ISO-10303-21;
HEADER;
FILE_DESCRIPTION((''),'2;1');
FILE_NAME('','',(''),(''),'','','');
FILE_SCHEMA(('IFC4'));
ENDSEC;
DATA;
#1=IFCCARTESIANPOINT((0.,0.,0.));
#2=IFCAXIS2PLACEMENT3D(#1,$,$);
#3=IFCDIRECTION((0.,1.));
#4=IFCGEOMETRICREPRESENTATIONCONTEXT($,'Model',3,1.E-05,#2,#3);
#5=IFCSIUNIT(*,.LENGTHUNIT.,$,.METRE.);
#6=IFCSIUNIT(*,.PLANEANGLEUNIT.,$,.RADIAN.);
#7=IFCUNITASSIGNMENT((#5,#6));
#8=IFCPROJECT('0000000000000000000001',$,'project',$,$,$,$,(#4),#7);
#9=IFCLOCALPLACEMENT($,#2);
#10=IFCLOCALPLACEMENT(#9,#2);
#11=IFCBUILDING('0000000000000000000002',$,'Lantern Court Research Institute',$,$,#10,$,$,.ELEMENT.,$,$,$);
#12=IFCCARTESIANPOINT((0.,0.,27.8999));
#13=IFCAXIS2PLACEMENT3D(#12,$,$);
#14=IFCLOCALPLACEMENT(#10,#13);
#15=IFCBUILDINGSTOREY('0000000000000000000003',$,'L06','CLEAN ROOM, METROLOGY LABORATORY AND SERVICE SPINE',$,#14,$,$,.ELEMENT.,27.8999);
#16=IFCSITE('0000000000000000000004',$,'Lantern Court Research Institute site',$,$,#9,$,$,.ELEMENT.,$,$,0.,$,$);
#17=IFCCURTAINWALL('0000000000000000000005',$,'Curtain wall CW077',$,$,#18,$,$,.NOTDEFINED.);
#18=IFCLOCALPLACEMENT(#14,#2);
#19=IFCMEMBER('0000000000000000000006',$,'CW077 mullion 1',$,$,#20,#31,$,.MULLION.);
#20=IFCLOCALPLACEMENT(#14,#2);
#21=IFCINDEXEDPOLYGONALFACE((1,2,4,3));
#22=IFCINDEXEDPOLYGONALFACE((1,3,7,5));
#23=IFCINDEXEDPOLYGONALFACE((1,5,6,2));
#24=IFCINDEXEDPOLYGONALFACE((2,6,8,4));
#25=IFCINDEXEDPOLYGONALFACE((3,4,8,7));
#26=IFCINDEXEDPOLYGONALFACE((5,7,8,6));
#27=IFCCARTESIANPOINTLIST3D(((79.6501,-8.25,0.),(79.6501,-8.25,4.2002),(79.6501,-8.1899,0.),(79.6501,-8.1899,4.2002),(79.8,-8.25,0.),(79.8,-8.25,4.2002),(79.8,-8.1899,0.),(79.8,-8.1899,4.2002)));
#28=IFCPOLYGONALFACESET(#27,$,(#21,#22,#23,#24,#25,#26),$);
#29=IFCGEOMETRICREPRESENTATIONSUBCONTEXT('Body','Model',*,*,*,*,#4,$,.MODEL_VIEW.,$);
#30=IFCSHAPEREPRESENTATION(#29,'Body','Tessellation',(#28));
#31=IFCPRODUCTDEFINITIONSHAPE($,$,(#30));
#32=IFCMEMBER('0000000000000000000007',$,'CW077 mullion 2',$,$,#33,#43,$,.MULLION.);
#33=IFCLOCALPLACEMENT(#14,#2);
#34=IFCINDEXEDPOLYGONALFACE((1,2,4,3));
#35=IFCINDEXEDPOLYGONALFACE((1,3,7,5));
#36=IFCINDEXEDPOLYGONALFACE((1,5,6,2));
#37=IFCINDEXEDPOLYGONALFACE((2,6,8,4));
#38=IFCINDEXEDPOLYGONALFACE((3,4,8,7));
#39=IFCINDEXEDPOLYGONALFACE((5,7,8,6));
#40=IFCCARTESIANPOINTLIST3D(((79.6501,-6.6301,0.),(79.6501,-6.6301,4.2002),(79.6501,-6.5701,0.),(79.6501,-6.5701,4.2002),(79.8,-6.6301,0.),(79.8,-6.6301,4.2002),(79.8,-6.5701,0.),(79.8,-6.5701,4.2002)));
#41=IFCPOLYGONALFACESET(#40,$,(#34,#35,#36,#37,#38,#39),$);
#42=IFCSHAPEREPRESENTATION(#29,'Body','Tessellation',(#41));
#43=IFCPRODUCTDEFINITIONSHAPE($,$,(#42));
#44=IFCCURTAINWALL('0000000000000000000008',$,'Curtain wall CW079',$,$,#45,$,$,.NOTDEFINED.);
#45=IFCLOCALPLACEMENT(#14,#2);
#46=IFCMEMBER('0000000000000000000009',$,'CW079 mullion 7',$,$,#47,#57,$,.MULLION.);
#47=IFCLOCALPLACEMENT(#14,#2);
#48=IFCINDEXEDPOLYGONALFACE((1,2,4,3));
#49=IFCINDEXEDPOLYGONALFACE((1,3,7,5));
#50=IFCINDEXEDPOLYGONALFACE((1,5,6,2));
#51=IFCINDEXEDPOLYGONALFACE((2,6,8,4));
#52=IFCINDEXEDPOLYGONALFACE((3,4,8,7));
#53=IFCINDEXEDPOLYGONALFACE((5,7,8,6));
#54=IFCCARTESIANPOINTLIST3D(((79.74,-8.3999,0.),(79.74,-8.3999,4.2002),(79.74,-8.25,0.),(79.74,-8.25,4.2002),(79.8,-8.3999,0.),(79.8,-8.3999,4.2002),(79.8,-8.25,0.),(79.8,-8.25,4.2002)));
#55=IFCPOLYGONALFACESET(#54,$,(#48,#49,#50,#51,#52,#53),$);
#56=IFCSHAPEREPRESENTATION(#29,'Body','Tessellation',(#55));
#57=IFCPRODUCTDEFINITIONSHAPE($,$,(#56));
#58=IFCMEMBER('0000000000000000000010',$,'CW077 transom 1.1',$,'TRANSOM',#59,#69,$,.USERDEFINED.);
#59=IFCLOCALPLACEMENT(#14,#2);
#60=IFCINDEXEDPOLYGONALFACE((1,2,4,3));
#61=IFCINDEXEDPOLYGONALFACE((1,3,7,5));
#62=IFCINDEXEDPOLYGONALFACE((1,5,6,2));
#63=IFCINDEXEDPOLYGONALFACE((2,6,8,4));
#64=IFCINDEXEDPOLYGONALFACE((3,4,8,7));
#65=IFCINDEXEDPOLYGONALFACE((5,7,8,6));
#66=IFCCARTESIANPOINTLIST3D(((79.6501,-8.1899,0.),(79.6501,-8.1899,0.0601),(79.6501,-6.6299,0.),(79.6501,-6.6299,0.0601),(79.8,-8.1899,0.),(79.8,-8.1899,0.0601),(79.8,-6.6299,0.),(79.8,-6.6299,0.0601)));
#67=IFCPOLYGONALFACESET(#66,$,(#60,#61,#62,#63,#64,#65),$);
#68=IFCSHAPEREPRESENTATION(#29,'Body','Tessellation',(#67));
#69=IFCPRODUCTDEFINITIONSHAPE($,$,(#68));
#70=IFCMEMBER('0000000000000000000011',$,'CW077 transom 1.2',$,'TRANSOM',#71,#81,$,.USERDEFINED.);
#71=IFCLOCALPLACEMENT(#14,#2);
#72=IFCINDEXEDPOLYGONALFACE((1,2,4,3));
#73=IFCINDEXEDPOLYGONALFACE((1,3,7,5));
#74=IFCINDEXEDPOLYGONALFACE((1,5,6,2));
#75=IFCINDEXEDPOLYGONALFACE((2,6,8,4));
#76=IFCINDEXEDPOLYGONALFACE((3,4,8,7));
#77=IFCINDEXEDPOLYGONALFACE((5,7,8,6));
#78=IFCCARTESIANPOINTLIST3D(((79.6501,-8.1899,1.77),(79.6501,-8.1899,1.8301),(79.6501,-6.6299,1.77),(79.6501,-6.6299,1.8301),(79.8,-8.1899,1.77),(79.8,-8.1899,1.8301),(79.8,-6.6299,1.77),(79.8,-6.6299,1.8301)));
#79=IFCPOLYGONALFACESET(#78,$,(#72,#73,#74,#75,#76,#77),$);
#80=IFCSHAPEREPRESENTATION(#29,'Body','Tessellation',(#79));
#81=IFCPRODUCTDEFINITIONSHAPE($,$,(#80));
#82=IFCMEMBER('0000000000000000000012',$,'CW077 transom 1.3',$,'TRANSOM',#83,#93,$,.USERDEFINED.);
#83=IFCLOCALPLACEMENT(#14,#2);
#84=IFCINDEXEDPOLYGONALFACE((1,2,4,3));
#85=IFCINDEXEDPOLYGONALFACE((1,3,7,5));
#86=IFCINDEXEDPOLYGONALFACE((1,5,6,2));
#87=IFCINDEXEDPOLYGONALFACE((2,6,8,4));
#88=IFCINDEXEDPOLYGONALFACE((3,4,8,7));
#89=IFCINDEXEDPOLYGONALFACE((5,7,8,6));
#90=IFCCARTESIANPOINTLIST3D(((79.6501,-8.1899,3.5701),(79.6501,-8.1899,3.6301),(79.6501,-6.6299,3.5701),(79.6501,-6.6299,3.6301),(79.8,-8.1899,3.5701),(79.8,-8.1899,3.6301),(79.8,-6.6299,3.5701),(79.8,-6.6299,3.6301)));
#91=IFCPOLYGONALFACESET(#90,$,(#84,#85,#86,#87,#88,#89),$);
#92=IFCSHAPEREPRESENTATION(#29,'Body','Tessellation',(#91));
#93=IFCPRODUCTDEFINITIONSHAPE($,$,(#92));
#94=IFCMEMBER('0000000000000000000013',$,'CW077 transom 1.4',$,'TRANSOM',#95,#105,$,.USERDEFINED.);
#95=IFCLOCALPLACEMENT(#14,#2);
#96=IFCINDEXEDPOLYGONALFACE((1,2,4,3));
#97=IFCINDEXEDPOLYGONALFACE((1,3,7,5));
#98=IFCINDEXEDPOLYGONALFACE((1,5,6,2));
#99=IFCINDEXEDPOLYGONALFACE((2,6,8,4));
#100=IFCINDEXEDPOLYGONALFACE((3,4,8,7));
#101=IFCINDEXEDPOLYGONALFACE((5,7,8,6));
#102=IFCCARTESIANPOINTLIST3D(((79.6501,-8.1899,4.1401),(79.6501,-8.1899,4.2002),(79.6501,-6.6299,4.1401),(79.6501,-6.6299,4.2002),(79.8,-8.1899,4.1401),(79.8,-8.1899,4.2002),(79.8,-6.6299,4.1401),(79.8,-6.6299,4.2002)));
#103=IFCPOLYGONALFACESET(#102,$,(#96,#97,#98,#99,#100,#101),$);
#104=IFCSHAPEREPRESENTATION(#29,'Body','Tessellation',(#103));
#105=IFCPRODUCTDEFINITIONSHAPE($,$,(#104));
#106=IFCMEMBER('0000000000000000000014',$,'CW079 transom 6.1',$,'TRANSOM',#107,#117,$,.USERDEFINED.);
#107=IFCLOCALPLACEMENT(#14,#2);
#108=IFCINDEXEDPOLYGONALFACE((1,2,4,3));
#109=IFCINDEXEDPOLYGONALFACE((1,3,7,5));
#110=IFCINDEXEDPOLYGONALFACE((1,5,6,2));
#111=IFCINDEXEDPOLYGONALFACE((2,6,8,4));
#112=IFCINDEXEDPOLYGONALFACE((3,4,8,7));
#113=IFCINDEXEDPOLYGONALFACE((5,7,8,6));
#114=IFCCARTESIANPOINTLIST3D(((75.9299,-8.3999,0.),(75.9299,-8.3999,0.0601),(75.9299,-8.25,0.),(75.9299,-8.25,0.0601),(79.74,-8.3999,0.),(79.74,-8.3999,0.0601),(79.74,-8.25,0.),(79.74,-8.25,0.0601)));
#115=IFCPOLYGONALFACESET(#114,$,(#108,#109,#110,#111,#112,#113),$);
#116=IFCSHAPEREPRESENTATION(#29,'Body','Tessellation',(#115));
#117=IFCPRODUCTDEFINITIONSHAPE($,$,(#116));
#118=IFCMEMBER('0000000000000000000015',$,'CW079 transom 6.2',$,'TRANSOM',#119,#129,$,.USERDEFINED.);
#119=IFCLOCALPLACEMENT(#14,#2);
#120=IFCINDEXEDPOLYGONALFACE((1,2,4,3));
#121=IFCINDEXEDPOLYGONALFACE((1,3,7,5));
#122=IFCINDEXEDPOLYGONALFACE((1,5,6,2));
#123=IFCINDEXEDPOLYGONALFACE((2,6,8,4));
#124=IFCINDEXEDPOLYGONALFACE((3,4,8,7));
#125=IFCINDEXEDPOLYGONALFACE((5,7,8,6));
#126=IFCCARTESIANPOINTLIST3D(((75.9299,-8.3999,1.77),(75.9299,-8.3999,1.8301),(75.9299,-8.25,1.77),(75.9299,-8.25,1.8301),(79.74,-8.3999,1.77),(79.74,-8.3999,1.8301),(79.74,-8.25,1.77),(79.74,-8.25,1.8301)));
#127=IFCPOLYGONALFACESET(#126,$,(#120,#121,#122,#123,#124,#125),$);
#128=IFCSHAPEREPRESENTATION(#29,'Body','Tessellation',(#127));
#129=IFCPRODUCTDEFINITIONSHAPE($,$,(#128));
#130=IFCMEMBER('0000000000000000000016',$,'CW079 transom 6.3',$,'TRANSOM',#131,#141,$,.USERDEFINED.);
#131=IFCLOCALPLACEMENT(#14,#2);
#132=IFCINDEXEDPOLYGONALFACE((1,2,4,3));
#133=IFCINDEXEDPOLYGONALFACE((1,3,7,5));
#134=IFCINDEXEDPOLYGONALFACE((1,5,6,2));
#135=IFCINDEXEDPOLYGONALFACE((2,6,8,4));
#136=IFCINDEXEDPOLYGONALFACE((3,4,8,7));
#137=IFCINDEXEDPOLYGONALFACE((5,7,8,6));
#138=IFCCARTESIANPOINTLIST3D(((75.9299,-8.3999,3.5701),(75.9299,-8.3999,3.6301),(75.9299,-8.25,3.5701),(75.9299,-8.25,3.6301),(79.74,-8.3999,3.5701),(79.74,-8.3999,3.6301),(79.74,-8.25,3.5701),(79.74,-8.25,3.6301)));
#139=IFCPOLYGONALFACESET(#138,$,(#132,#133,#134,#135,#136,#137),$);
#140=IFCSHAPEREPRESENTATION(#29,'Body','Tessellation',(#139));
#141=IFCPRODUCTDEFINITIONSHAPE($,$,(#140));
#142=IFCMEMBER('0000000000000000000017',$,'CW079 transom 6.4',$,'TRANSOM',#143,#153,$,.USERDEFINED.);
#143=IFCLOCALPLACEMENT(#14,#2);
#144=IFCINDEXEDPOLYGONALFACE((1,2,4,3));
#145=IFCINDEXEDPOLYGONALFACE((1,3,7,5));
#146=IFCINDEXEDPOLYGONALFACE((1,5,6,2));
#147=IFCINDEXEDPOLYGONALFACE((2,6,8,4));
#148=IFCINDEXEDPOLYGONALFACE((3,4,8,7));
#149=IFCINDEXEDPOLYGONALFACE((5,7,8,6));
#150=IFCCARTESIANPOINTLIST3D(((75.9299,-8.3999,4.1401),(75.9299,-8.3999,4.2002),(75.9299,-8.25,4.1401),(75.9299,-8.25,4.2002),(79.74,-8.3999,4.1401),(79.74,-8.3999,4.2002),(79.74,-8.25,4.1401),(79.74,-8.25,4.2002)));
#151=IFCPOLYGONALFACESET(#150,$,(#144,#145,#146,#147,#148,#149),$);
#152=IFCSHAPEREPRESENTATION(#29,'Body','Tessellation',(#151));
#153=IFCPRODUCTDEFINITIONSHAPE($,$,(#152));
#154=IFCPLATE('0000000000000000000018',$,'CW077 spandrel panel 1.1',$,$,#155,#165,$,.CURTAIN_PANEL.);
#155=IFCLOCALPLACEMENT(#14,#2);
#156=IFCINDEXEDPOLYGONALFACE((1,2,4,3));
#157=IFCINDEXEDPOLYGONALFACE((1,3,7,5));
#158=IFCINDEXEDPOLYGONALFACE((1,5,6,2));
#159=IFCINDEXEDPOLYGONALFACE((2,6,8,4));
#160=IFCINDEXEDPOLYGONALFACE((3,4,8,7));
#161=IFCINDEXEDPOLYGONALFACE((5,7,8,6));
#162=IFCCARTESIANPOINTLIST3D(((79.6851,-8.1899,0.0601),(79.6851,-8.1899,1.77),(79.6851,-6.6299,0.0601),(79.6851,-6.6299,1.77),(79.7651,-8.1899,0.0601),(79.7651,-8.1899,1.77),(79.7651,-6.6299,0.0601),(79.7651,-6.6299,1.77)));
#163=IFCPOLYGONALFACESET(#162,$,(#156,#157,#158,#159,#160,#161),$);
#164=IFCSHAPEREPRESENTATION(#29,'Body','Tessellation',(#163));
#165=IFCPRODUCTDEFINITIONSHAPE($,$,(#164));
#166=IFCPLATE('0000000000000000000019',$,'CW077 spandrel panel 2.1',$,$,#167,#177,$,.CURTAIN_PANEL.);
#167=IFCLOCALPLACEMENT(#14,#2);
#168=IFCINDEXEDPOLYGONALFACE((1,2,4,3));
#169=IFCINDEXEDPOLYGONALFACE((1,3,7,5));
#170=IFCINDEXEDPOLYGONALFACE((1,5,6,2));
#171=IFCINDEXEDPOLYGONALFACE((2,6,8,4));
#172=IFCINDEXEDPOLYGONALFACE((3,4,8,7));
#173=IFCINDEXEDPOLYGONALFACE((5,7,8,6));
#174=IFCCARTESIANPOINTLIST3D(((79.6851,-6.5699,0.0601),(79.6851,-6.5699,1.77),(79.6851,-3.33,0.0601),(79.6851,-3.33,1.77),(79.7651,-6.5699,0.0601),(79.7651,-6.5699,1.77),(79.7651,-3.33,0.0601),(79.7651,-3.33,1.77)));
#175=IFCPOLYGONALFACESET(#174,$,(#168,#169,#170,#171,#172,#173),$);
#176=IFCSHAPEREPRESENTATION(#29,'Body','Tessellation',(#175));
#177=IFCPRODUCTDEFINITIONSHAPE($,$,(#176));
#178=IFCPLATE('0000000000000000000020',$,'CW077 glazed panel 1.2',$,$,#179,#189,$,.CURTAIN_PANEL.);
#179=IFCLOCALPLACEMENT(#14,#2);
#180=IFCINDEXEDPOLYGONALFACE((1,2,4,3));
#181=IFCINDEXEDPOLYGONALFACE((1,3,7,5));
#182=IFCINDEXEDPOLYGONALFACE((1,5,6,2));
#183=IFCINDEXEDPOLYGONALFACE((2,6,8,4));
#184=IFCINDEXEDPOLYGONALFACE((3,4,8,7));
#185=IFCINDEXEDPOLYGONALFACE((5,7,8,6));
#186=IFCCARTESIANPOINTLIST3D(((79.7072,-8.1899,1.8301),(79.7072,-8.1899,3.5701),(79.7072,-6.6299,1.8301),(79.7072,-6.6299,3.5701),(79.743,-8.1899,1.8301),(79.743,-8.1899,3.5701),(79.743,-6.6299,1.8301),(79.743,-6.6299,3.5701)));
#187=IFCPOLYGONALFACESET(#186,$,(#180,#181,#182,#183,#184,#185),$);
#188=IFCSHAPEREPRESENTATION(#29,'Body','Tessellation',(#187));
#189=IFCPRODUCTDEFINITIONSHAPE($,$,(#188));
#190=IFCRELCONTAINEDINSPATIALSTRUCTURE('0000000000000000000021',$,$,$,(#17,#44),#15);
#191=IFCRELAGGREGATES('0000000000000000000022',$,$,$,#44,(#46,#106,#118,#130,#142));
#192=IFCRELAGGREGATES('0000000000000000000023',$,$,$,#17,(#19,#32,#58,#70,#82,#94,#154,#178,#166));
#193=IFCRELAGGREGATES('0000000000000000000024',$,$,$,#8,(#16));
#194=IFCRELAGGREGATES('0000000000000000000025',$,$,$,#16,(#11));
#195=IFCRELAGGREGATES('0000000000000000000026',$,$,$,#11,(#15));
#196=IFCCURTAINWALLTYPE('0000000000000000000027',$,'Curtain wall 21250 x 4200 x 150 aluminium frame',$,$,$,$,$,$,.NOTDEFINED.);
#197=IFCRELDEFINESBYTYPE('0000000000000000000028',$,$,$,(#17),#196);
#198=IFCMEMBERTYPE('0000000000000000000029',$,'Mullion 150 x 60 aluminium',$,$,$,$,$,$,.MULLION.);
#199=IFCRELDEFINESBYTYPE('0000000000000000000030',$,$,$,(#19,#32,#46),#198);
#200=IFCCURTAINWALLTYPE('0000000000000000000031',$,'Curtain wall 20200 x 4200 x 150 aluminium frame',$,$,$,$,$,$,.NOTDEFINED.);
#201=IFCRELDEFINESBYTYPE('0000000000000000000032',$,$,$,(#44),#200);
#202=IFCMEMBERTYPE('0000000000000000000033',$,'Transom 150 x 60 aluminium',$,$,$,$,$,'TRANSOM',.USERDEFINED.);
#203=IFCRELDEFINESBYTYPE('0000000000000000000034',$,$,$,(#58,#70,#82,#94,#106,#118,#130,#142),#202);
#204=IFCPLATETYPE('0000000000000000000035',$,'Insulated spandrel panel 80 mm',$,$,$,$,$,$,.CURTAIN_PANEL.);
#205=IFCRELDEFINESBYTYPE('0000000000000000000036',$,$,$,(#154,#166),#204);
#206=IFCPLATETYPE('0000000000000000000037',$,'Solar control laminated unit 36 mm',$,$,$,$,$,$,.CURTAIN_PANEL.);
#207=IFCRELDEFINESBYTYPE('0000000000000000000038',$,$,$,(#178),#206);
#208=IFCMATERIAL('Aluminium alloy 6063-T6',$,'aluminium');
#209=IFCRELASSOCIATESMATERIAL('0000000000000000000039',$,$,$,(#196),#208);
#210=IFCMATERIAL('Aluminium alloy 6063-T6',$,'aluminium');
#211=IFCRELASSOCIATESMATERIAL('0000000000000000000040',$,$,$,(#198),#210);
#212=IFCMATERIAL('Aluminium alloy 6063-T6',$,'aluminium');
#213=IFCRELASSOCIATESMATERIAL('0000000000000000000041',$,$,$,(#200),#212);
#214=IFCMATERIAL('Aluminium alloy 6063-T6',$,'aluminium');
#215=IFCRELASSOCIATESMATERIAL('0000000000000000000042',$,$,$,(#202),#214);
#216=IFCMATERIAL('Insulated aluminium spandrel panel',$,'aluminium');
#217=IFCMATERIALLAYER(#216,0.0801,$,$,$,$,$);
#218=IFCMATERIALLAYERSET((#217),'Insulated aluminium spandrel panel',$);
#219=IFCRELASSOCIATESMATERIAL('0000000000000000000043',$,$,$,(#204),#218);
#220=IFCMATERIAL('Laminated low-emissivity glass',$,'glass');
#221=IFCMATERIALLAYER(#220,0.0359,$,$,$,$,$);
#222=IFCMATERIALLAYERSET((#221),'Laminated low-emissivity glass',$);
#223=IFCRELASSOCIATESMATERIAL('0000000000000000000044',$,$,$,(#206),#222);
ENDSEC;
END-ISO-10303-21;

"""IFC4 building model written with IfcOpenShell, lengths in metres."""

from ifc_helpers import new_model, si_unit, direction, frame, origin, origin_2d, place, context, subcontext, project, spatial, rectangle, extrude, material, layer, layer_set, material_profile, profile_set, type_object, element, aggregate, save


model = new_model("IFC4")

# Units and contexts
model_context = context("Model", 3, precision=1e-05, world=origin(), true_north=direction((0.0, 1.0)))
body_context = subcontext(model_context, "Body", "Model", "MODEL_VIEW")
ifc_project = project(units=[si_unit("LENGTHUNIT", "METRE"), si_unit("PLANEANGLEUNIT", "RADIAN")], contexts=[model_context])

# Site, building, storey
site_placement = place(None, origin())
site = spatial("IfcSite", under=ifc_project, at=site_placement, Name="Lantern Court Research Institute site", CompositionType="ELEMENT", RefElevation=0.0)
building_placement = place(site_placement, origin())
building = spatial("IfcBuilding", under=site, at=building_placement, Name="Lantern Court Research Institute", CompositionType="ELEMENT")
storey_placement = place(building_placement, frame((0.0, 0.0, 27.8999)))
storey = spatial("IfcBuildingStorey", under=building, at=storey_placement, Name="L06", Description="CLEAN ROOM, METROLOGY LABORATORY AND SERVICE SPINE", CompositionType="ELEMENT", Elevation=27.8999)

# Curtain wall, members
ifc_material_1 = material(Name="Aluminium alloy 6063-T6", Category="aluminium")
curtain_wall_type_1 = type_object("IfcCurtainWallType", Name="Curtain wall 21250 x 4200 x 150 aluminium frame", PredefinedType="NOTDEFINED", material=ifc_material_1)
curtain_wall_1_placement = place(storey_placement, origin())
curtain_wall_1 = element("IfcCurtainWall", 1, at=curtain_wall_1_placement, inside=storey, type_object=curtain_wall_type_1, Name="Curtain wall CW077", PredefinedType="NOTDEFINED")
ifc_material_2 = material(Name="Aluminium alloy 6063-T6", Category="aluminium")
ifc_material_profile_1 = material_profile(ifc_material_2, rectangle(XDim=0.1499, YDim=0.0601, at=origin_2d()), Name="Mullion 150 x 60")
ifc_profile_set_1 = profile_set([ifc_material_profile_1], Name="Aluminium alloy 6063-T6")
member_type_1 = type_object("IfcMemberType", Name="Mullion 150 x 60 aluminium", PredefinedType="MULLION", material=ifc_profile_set_1)
member_1_placement = place(storey_placement, frame((79.7251, -8.22, 0.0), z_axis=(0.0, 0.0, 1.0), x_axis=(1.0, 0.0, 0.0)))
member_1 = element("IfcMember", 2, at=member_1_placement, type_object=member_type_1, Name="CW077 mullion 1", PredefinedType="MULLION", context=body_context, shape_type="SweptSolid", body=[
    extrude(rectangle(XDim=0.1499, YDim=0.0601, at=origin_2d()), origin(), (0.0, 0.0, 1.0), 4.2002),
])
member_2_placement = place(storey_placement, frame((79.7251, -6.6001, 0.0), z_axis=(0.0, 0.0, 1.0), x_axis=(1.0, 0.0, 0.0)))
member_2 = element("IfcMember", 3, at=member_2_placement, type_object=member_type_1, Name="CW077 mullion 2", PredefinedType="MULLION", context=body_context, shape_type="SweptSolid", body=[
    extrude(rectangle(XDim=0.1499, YDim=0.0601, at=origin_2d()), origin(), (0.0, 0.0, 1.0), 4.2002),
])

# Curtain wall, member
ifc_material_3 = material(Name="Aluminium alloy 6063-T6", Category="aluminium")
curtain_wall_type_2 = type_object("IfcCurtainWallType", Name="Curtain wall 20200 x 4200 x 150 aluminium frame", PredefinedType="NOTDEFINED", material=ifc_material_3)
curtain_wall_2_placement = place(storey_placement, origin())
curtain_wall_2 = element("IfcCurtainWall", 4, at=curtain_wall_2_placement, inside=storey, type_object=curtain_wall_type_2, Name="Curtain wall CW079", PredefinedType="NOTDEFINED")
member_3_placement = place(storey_placement, frame((79.77, -8.325, 0.0), z_axis=(0.0, 0.0, 1.0), x_axis=(0.0, -1.0, 0.0)))
member_3 = element("IfcMember", 5, at=member_3_placement, type_object=member_type_1, Name="CW079 mullion 7", PredefinedType="MULLION", context=body_context, shape_type="SweptSolid", body=[
    extrude(rectangle(XDim=0.1499, YDim=0.0601, at=origin_2d()), origin(), (0.0, 0.0, 1.0), 4.2002),
])

# Members
ifc_material_4 = material(Name="Aluminium alloy 6063-T6", Category="aluminium")
ifc_material_profile_2 = material_profile(ifc_material_4, rectangle(XDim=0.1499, YDim=0.0601, at=origin_2d()), Name="Transom 150 x 60")
ifc_profile_set_2 = profile_set([ifc_material_profile_2], Name="Aluminium alloy 6063-T6")
member_type_2 = type_object("IfcMemberType", Name="Transom 150 x 60 aluminium", ElementType="TRANSOM", PredefinedType="USERDEFINED", material=ifc_profile_set_2)
member_4_placement = place(storey_placement, frame((79.7251, -6.6299, 0.03), z_axis=(0.0, -1.0, 0.0), x_axis=(1.0, 0.0, 0.0)))
member_4 = element("IfcMember", 6, at=member_4_placement, type_object=member_type_2, Name="CW077 transom 1.1", ObjectType="TRANSOM", PredefinedType="USERDEFINED", context=body_context, shape_type="SweptSolid", body=[
    extrude(rectangle(XDim=0.1499, YDim=0.0601, at=origin_2d()), origin(), (0.0, 0.0, 1.0), 1.5601),
])
member_5_placement = place(storey_placement, frame((79.7251, -6.6299, 1.8), z_axis=(0.0, -1.0, 0.0), x_axis=(1.0, 0.0, 0.0)))
member_5 = element("IfcMember", 7, at=member_5_placement, type_object=member_type_2, Name="CW077 transom 1.2", ObjectType="TRANSOM", PredefinedType="USERDEFINED", context=body_context, shape_type="SweptSolid", body=[
    extrude(rectangle(XDim=0.1499, YDim=0.0601, at=origin_2d()), origin(), (0.0, 0.0, 1.0), 1.5601),
])
member_6_placement = place(storey_placement, frame((79.7251, -6.6299, 3.6001), z_axis=(0.0, -1.0, 0.0), x_axis=(1.0, 0.0, 0.0)))
member_6 = element("IfcMember", 8, at=member_6_placement, type_object=member_type_2, Name="CW077 transom 1.3", ObjectType="TRANSOM", PredefinedType="USERDEFINED", context=body_context, shape_type="SweptSolid", body=[
    extrude(rectangle(XDim=0.1499, YDim=0.0601, at=origin_2d()), origin(), (0.0, 0.0, 1.0), 1.5601),
])
member_7_placement = place(storey_placement, frame((79.7251, -6.6299, 4.1702), z_axis=(0.0, -1.0, 0.0), x_axis=(1.0, 0.0, 0.0)))
member_7 = element("IfcMember", 9, at=member_7_placement, type_object=member_type_2, Name="CW077 transom 1.4", ObjectType="TRANSOM", PredefinedType="USERDEFINED", context=body_context, shape_type="SweptSolid", body=[
    extrude(rectangle(XDim=0.1499, YDim=0.0601, at=origin_2d()), origin(), (0.0, 0.0, 1.0), 1.5601),
])
member_8_placement = place(storey_placement, frame((79.74, -8.325, 0.03), z_axis=(-1.0, 0.0, 0.0), x_axis=(0.0, -1.0, 0.0)))
member_8 = element("IfcMember", 10, at=member_8_placement, type_object=member_type_2, Name="CW079 transom 6.1", ObjectType="TRANSOM", PredefinedType="USERDEFINED", context=body_context, shape_type="SweptSolid", body=[
    extrude(rectangle(XDim=0.1499, YDim=0.0601, at=origin_2d()), origin(), (0.0, 0.0, 1.0), 3.8101),
])
member_9_placement = place(storey_placement, frame((79.74, -8.325, 1.8), z_axis=(-1.0, 0.0, 0.0), x_axis=(0.0, -1.0, 0.0)))
member_9 = element("IfcMember", 11, at=member_9_placement, type_object=member_type_2, Name="CW079 transom 6.2", ObjectType="TRANSOM", PredefinedType="USERDEFINED", context=body_context, shape_type="SweptSolid", body=[
    extrude(rectangle(XDim=0.1499, YDim=0.0601, at=origin_2d()), origin(), (0.0, 0.0, 1.0), 3.8101),
])
member_10_placement = place(storey_placement, frame((79.74, -8.325, 3.6001), z_axis=(-1.0, 0.0, 0.0), x_axis=(0.0, -1.0, 0.0)))
member_10 = element("IfcMember", 12, at=member_10_placement, type_object=member_type_2, Name="CW079 transom 6.3", ObjectType="TRANSOM", PredefinedType="USERDEFINED", context=body_context, shape_type="SweptSolid", body=[
    extrude(rectangle(XDim=0.1499, YDim=0.0601, at=origin_2d()), origin(), (0.0, 0.0, 1.0), 3.8101),
])
member_11_placement = place(storey_placement, frame((79.74, -8.325, 4.1702), z_axis=(-1.0, 0.0, 0.0), x_axis=(0.0, -1.0, 0.0)))
member_11 = element("IfcMember", 13, at=member_11_placement, type_object=member_type_2, Name="CW079 transom 6.4", ObjectType="TRANSOM", PredefinedType="USERDEFINED", context=body_context, shape_type="SweptSolid", body=[
    extrude(rectangle(XDim=0.1499, YDim=0.0601, at=origin_2d()), origin(), (0.0, 0.0, 1.0), 3.8101),
])
aggregate(curtain_wall_2, [member_3, member_8, member_9, member_10, member_11])

# Plates
ifc_material_5 = material(Name="Insulated aluminium spandrel panel", Category="aluminium")
ifc_layer_1 = layer(ifc_material_5, 0.0801)
ifc_layer_set_1 = layer_set([ifc_layer_1], Name="Insulated aluminium spandrel panel")
plate_type_1 = type_object("IfcPlateType", Name="Insulated spandrel panel 80 mm", PredefinedType="CURTAIN_PANEL", material=ifc_layer_set_1)
plate_1_placement = place(storey_placement, frame((79.7251, -7.4099, 0.0601), z_axis=(0.0, 0.0, 1.0), x_axis=(0.0, -1.0, 0.0)))
plate_1 = element("IfcPlate", 14, at=plate_1_placement, type_object=plate_type_1, Name="CW077 spandrel panel 1.1", PredefinedType="CURTAIN_PANEL", context=body_context, shape_type="SweptSolid", body=[
    extrude(rectangle(XDim=1.5601, YDim=0.0801, at=origin_2d()), origin(), (0.0, 0.0, 1.0), 1.71),
])
plate_2_placement = place(storey_placement, frame((79.7251, -4.95, 0.0601), z_axis=(0.0, 0.0, 1.0), x_axis=(0.0, -1.0, 0.0)))
plate_2 = element("IfcPlate", 15, at=plate_2_placement, type_object=plate_type_1, Name="CW077 spandrel panel 2.1", PredefinedType="CURTAIN_PANEL", context=body_context, shape_type="SweptSolid", body=[
    extrude(rectangle(XDim=3.24, YDim=0.0801, at=origin_2d()), origin(), (0.0, 0.0, 1.0), 1.71),
])
ifc_material_6 = material(Name="Laminated low-emissivity glass", Category="glass")
ifc_layer_2 = layer(ifc_material_6, 0.0359)
ifc_layer_set_2 = layer_set([ifc_layer_2], Name="Laminated low-emissivity glass")
plate_type_2 = type_object("IfcPlateType", Name="Solar control laminated unit 36 mm", PredefinedType="CURTAIN_PANEL", material=ifc_layer_set_2)
plate_3_placement = place(storey_placement, frame((79.7251, -7.4099, 1.8301), z_axis=(0.0, 0.0, 1.0), x_axis=(0.0, -1.0, 0.0)))
plate_3 = element("IfcPlate", 16, at=plate_3_placement, type_object=plate_type_2, Name="CW077 glazed panel 1.2", PredefinedType="CURTAIN_PANEL", context=body_context, shape_type="SweptSolid", body=[
    extrude(rectangle(XDim=1.5601, YDim=0.0359, at=origin_2d()), origin(), (0.0, 0.0, 1.0), 1.74),
])
aggregate(curtain_wall_1, [member_1, member_2, member_4, member_5, member_6, member_7, plate_1, plate_3, plate_2])

save(model, "model.ifc")
